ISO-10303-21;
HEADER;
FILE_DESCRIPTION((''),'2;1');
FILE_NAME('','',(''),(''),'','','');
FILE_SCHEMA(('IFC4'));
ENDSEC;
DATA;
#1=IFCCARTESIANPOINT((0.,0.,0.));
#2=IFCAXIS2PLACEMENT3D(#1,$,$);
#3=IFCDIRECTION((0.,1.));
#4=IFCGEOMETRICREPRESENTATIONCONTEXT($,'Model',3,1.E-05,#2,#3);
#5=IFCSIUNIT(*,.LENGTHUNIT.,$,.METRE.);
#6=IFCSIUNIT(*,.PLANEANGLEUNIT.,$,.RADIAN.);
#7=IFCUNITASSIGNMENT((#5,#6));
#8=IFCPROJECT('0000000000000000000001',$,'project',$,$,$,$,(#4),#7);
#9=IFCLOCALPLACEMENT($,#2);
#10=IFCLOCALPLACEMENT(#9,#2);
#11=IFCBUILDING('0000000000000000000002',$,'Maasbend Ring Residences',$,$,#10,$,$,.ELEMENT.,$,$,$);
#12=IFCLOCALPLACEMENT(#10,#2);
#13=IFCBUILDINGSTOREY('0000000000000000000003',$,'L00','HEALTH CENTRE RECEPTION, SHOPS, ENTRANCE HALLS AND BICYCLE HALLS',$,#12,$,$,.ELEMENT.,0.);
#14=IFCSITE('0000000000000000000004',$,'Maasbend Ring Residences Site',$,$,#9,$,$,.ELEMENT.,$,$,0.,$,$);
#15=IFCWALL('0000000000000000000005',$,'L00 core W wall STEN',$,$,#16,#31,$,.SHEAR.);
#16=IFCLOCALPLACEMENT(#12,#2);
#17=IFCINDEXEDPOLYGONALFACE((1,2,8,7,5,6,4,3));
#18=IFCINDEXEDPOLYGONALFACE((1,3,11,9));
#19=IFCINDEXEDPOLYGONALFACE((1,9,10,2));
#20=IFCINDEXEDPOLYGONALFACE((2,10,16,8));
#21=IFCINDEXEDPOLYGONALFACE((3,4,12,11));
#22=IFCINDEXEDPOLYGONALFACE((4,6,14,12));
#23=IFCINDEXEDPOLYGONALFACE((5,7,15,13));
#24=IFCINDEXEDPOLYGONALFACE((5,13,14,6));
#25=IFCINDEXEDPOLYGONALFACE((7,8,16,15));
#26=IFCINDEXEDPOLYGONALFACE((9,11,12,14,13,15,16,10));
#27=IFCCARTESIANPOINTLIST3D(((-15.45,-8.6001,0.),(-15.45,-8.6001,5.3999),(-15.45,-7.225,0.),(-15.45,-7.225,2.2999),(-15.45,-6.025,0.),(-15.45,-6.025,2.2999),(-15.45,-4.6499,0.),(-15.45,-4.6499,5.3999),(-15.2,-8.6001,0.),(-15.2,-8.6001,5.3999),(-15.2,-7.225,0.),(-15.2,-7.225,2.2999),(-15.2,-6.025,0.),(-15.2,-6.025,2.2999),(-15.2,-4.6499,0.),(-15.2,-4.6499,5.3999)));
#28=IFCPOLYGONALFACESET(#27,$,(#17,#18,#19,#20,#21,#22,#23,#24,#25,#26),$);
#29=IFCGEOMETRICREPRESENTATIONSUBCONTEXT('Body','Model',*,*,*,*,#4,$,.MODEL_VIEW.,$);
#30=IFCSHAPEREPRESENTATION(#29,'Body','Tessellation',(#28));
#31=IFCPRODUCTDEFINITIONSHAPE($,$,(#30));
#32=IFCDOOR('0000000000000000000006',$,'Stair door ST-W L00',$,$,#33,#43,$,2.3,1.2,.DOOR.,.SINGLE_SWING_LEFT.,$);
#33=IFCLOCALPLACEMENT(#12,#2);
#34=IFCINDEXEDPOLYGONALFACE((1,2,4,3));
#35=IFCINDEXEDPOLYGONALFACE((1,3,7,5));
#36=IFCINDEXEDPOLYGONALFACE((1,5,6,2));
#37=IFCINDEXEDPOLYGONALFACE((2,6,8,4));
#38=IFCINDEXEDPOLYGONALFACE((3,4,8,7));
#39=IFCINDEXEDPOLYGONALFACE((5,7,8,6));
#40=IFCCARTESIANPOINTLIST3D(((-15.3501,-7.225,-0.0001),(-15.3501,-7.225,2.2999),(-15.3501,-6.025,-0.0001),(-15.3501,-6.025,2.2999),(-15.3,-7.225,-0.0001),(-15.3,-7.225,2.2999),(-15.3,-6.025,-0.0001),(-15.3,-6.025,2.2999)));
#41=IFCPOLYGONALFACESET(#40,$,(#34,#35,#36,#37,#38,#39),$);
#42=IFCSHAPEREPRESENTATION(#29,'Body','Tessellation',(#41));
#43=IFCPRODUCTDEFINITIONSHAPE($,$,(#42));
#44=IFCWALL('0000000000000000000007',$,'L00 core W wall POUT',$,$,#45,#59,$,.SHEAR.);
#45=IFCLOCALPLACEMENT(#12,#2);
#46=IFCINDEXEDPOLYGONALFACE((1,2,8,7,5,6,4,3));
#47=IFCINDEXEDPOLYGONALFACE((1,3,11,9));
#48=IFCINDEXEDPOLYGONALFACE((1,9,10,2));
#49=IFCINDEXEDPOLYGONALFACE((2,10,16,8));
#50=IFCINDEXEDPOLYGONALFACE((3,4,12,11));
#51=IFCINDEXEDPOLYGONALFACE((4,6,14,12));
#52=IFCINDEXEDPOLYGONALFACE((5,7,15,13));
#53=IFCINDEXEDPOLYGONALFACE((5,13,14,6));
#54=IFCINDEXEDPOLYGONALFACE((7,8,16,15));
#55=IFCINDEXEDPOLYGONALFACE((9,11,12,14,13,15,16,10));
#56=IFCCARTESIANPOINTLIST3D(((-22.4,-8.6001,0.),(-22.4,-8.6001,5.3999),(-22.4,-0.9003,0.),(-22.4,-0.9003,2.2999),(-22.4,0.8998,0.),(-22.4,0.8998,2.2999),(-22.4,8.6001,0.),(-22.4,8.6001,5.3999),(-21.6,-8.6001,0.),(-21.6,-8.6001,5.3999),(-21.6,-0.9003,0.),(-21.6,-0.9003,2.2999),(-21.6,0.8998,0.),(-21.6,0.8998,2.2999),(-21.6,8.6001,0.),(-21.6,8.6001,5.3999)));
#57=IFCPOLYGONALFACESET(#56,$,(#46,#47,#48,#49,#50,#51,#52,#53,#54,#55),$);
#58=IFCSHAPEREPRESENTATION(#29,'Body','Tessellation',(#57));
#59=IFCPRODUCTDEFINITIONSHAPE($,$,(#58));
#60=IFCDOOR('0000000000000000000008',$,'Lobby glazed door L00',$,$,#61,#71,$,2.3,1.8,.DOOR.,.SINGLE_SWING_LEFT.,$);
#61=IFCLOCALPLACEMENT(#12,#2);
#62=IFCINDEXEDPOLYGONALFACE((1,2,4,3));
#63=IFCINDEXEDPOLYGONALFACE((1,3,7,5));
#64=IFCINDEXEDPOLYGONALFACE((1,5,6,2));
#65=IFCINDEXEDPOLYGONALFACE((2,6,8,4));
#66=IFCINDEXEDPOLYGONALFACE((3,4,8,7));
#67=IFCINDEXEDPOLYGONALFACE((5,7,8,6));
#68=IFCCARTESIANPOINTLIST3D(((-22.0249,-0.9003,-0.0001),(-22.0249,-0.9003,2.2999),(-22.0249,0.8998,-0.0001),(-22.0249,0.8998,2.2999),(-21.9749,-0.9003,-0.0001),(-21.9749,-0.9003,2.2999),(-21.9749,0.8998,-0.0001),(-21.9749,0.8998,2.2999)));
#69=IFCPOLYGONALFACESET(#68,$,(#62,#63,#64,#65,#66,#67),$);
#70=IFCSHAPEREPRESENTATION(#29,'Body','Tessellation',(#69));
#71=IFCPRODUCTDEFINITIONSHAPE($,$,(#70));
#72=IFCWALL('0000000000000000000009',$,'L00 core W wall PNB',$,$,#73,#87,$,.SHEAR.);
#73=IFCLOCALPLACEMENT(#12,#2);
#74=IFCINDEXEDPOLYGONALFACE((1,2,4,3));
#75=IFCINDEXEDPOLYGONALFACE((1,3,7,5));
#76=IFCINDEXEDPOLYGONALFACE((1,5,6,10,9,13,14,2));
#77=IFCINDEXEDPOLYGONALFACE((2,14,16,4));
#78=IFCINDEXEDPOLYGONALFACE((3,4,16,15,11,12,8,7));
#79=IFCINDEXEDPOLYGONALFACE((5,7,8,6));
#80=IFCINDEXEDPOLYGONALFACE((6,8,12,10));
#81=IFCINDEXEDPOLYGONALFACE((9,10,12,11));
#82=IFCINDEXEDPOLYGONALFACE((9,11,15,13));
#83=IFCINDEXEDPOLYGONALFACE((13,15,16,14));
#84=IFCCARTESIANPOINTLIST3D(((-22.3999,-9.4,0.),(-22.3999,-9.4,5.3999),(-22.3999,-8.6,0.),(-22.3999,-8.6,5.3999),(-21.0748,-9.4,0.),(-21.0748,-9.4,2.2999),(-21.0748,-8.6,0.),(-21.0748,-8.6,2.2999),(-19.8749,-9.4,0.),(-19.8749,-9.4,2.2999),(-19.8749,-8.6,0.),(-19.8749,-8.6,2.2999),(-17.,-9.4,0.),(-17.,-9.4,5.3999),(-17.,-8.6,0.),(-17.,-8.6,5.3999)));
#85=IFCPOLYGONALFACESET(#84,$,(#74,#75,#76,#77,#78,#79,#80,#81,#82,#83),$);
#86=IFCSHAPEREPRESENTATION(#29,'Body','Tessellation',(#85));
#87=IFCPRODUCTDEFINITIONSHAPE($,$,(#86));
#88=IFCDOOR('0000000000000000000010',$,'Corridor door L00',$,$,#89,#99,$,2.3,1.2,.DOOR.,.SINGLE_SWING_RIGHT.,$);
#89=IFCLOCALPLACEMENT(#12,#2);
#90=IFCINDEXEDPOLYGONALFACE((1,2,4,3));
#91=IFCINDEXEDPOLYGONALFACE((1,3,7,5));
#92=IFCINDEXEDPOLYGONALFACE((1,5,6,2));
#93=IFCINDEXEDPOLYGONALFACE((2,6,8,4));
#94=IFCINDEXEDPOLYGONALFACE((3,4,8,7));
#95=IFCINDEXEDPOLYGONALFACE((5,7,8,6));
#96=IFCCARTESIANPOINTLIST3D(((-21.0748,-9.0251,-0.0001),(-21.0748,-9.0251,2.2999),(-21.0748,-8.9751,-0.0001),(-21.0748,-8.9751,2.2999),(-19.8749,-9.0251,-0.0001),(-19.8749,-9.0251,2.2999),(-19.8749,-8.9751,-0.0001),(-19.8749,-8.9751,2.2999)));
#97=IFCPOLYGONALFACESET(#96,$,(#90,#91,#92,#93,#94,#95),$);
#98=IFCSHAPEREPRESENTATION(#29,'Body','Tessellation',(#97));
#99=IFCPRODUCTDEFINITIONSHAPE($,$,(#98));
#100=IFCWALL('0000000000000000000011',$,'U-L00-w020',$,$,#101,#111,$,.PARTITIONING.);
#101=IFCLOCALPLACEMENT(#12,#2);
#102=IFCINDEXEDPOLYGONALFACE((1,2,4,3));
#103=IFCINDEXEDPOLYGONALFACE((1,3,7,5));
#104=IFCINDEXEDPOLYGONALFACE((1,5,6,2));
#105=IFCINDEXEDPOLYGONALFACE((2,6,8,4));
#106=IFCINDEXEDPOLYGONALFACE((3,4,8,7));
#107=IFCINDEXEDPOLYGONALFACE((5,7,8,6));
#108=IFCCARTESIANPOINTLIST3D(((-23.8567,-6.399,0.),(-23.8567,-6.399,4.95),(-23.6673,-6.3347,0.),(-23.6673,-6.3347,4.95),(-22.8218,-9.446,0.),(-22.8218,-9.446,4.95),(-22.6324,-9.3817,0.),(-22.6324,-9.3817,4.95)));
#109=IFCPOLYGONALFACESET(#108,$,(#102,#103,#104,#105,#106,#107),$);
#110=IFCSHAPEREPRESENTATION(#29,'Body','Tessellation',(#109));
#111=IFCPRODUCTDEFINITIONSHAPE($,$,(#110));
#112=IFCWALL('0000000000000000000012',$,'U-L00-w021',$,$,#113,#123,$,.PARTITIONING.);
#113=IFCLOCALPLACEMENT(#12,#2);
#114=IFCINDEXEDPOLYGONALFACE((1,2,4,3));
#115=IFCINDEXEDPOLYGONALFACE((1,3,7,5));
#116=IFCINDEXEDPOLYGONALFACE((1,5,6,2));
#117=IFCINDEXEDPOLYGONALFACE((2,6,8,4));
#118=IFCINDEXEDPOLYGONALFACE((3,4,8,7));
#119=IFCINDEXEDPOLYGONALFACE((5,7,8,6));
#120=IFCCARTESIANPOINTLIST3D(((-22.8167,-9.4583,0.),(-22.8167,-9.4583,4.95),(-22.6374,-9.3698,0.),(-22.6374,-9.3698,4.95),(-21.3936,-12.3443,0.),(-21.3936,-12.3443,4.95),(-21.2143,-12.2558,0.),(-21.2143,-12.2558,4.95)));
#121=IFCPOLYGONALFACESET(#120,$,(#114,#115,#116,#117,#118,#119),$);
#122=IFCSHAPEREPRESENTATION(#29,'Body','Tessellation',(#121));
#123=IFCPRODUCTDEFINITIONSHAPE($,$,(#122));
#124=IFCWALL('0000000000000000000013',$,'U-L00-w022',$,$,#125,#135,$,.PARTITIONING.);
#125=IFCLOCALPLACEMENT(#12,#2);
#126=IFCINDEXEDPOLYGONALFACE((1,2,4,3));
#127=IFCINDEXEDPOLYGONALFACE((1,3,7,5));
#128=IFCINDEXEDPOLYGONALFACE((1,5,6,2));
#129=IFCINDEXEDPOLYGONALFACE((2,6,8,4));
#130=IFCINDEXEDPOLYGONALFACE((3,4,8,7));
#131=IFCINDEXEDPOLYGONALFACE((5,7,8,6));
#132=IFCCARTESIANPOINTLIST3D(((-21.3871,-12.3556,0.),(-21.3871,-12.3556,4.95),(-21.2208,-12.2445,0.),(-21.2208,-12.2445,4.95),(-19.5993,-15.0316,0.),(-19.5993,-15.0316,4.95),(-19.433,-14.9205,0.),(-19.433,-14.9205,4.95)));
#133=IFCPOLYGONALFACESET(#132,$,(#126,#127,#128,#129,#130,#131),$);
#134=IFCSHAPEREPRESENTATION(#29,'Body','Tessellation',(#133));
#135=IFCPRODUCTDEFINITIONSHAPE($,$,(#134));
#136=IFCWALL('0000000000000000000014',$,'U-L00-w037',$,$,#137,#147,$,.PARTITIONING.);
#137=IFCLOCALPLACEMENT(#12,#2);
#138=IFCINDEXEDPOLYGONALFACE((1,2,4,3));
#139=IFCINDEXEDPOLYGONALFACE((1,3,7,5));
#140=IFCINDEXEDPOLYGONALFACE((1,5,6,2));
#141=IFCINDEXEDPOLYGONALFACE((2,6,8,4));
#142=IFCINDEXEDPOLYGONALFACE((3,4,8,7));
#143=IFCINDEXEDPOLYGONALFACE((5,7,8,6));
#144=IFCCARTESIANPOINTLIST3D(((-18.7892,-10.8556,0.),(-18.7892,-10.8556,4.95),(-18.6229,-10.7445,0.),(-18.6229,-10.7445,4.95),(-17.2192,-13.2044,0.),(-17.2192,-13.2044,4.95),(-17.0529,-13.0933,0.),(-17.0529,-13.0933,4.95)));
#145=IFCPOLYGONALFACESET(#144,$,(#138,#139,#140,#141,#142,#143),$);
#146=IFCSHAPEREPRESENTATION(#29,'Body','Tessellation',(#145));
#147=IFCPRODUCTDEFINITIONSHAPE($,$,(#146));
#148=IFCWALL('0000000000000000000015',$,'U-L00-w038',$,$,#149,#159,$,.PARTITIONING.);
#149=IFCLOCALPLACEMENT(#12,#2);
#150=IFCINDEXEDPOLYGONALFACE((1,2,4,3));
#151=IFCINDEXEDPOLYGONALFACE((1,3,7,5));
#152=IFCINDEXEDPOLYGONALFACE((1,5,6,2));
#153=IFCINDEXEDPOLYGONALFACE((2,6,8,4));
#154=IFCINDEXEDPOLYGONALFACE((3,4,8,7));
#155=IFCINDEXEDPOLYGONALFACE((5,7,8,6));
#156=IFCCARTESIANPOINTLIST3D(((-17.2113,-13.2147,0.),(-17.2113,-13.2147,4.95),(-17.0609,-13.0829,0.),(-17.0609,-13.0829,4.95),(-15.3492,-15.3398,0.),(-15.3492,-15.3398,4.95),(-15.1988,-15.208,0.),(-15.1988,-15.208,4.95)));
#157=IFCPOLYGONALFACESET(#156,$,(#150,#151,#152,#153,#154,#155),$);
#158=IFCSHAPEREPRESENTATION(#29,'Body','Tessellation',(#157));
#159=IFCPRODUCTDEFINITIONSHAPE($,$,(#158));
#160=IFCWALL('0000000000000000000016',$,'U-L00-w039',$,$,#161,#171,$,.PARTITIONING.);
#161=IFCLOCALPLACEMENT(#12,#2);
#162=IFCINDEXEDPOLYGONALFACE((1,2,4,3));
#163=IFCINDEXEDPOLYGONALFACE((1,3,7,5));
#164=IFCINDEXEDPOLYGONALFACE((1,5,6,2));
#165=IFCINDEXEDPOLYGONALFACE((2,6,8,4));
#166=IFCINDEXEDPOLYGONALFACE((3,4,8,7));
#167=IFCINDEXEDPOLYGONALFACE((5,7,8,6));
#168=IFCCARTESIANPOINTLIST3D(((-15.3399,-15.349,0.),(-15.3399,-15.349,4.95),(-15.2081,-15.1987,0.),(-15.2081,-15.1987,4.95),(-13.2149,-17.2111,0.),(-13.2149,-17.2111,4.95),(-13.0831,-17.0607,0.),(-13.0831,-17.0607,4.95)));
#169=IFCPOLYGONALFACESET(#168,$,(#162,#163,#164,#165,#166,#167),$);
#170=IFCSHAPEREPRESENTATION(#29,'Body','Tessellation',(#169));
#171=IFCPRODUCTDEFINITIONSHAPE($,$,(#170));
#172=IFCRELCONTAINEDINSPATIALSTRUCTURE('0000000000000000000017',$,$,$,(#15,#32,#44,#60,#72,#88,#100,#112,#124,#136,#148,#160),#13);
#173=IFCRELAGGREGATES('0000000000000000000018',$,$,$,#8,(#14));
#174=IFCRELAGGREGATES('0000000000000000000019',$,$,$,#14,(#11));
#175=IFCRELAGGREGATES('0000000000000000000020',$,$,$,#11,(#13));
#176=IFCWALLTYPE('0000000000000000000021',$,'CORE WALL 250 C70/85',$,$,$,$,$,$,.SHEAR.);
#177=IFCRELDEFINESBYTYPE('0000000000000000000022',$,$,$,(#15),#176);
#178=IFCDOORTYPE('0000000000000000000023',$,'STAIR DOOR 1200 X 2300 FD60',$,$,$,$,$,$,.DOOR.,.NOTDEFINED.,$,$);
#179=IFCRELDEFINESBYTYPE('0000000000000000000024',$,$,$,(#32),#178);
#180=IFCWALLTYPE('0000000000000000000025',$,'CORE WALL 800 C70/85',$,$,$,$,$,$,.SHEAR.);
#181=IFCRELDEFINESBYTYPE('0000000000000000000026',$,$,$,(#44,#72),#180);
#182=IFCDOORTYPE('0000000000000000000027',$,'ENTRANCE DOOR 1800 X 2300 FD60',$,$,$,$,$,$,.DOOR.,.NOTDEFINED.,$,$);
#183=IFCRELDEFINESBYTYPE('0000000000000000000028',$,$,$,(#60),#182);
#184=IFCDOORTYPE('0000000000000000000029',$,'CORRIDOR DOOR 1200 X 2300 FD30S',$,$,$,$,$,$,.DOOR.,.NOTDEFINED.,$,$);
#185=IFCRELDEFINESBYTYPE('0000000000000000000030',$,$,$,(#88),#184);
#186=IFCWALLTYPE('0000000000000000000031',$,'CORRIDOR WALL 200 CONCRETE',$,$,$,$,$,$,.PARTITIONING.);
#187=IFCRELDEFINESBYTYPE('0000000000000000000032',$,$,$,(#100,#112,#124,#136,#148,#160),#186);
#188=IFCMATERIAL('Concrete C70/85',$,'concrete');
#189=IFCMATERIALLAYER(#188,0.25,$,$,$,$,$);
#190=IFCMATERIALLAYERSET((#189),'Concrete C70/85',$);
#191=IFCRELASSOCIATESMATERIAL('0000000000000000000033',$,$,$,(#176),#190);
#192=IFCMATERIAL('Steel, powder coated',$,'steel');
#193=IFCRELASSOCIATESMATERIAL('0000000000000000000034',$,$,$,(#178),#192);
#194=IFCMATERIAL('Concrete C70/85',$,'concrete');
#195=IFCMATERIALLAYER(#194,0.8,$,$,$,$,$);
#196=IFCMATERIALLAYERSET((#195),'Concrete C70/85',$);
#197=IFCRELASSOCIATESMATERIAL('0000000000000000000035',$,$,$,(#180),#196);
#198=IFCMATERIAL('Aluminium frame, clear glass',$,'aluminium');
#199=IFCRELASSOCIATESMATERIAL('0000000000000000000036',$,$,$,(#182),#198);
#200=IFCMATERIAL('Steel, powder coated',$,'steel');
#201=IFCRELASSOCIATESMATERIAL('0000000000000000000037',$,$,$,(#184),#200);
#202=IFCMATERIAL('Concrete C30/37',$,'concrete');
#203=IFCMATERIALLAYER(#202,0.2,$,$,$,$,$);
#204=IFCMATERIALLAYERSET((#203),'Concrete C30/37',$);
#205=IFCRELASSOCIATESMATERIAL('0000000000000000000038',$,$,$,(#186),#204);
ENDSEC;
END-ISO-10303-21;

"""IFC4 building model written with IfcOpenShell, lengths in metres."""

from ifc_helpers import new_model, si_unit, direction, frame, frame_2d, origin, place, context, subcontext, project, spatial, rectangle, extrude, material, layer, layer_set, type_object, element, fill, save


model = new_model("IFC4")

# Units and contexts
model_context = context("Model", 3, precision=1e-05, world=origin(), true_north=direction((0.0, 1.0)))
body_context = subcontext(model_context, "Body", "Model", "MODEL_VIEW")
ifc_project = project(units=[si_unit("LENGTHUNIT", "METRE"), si_unit("PLANEANGLEUNIT", "RADIAN")], contexts=[model_context])

# Site, building, storey
site_placement = place(None, origin())
site = spatial("IfcSite", under=ifc_project, at=site_placement, Name="Maasbend Ring Residences Site", CompositionType="ELEMENT", RefElevation=0.0)
building_placement = place(site_placement, origin())
building = spatial("IfcBuilding", under=site, at=building_placement, Name="Maasbend Ring Residences", CompositionType="ELEMENT")
storey_placement = place(building_placement, origin())
storey = spatial("IfcBuildingStorey", under=building, at=storey_placement, Name="L00", Description="HEALTH CENTRE RECEPTION, SHOPS, ENTRANCE HALLS AND BICYCLE HALLS", CompositionType="ELEMENT", Elevation=0.0)

# Walls, openings, doors
ifc_material_1 = material(Name="Concrete C70/85", Category="concrete")
ifc_layer_1 = layer(ifc_material_1, 0.25)
ifc_layer_set_1 = layer_set([ifc_layer_1], Name="Concrete C70/85")
wall_type_1 = type_object("IfcWallType", Name="CORE WALL 250 C70/85", PredefinedType="SHEAR", material=ifc_layer_set_1)
wall_1_placement = place(storey_placement, frame((-15.325, -4.6499, 0.0), z_axis=(0.0, 0.0, 1.0), x_axis=(0.0, -1.0, 0.0)))
wall_1 = element("IfcWall", 1, at=wall_1_placement, inside=storey, type_object=wall_type_1, Name="L00 core W wall STEN", PredefinedType="SHEAR", context=body_context, shape_type="SweptSolid", body=[
    extrude(rectangle(XDim=3.9502, YDim=0.25, at=frame_2d((1.9751, 0.0))), origin(), (0.0, 0.0, 1.0), 5.3999),
])
opening_1_placement = place(wall_1_placement, frame((1.375, 0.0, 0.0)))
opening_1 = element("IfcOpeningElement", 2, at=opening_1_placement, cuts=wall_1, PredefinedType="OPENING", context=body_context, shape_type="SweptSolid", body=[
    extrude(rectangle(XDim=1.2, YDim=2.3, at=frame_2d((0.6001, 1.1499))), frame((0.0, 0.135, 0.0), z_axis=(0.0, -1.0, 0.0), x_axis=(1.0, 0.0, 0.0)), (0.0, 0.0, 1.0), 0.27),
])
ifc_material_2 = material(Name="Steel, powder coated", Category="steel")
door_type_1 = type_object("IfcDoorType", Name="STAIR DOOR 1200 X 2300 FD60", OperationType="NOTDEFINED", PredefinedType="DOOR", material=ifc_material_2)
door_1_placement = place(opening_1_placement, origin())
door_1 = element("IfcDoor", 3, at=door_1_placement, inside=storey, type_object=door_type_1, Name="Stair door ST-W L00", OperationType="SINGLE_SWING_LEFT", OverallHeight=2.3, OverallWidth=1.2, PredefinedType="DOOR", context=body_context, shape_type="SweptSolid", body=[
    extrude(rectangle(XDim=1.2, YDim=2.3, at=frame_2d((0.6001, 1.1499))), frame((0.0, 0.0249, 0.0), z_axis=(0.0, -1.0, 0.0), x_axis=(1.0, 0.0, 0.0)), (0.0, 0.0, 1.0), 0.05),
])
fill(opening_1, door_1)
ifc_material_3 = material(Name="Concrete C70/85", Category="concrete")
ifc_layer_2 = layer(ifc_material_3, 0.8)
ifc_layer_set_2 = layer_set([ifc_layer_2], Name="Concrete C70/85")
wall_type_2 = type_object("IfcWallType", Name="CORE WALL 800 C70/85", PredefinedType="SHEAR", material=ifc_layer_set_2)
wall_2_placement = place(storey_placement, frame((-22.0, -8.6001, 0.0), z_axis=(0.0, 0.0, 1.0), x_axis=(0.0, 1.0, 0.0)))
wall_2 = element("IfcWall", 4, at=wall_2_placement, inside=storey, type_object=wall_type_2, Name="L00 core W wall POUT", PredefinedType="SHEAR", context=body_context, shape_type="SweptSolid", body=[
    extrude(rectangle(XDim=17.2002, YDim=0.8, at=frame_2d((8.6001, 0.0))), origin(), (0.0, 0.0, 1.0), 5.3999),
])
opening_2_placement = place(wall_2_placement, frame((7.7, 0.0, 0.0)))
opening_2 = element("IfcOpeningElement", 5, at=opening_2_placement, cuts=wall_2, PredefinedType="OPENING", context=body_context, shape_type="SweptSolid", body=[
    extrude(rectangle(XDim=1.8, YDim=2.3, at=frame_2d((0.8999, 1.1499))), frame((0.0, 0.4102, 0.0), z_axis=(0.0, -1.0, 0.0), x_axis=(1.0, 0.0, 0.0)), (0.0, 0.0, 1.0), 0.8201),
])
ifc_material_4 = material(Name="Aluminium frame, clear glass", Category="aluminium")
door_type_2 = type_object("IfcDoorType", Name="ENTRANCE DOOR 1800 X 2300 FD60", OperationType="NOTDEFINED", PredefinedType="DOOR", material=ifc_material_4)
door_2_placement = place(opening_2_placement, origin())
door_2 = element("IfcDoor", 6, at=door_2_placement, inside=storey, type_object=door_type_2, Name="Lobby glazed door L00", OperationType="SINGLE_SWING_LEFT", OverallHeight=2.3, OverallWidth=1.8, PredefinedType="DOOR", context=body_context, shape_type="SweptSolid", body=[
    extrude(rectangle(XDim=1.8, YDim=2.3, at=frame_2d((0.8999, 1.1499))), frame((0.0, 0.0249, 0.0), z_axis=(0.0, -1.0, 0.0), x_axis=(1.0, 0.0, 0.0)), (0.0, 0.0, 1.0), 0.05),
])
fill(opening_2, door_2)
wall_3_placement = place(storey_placement, frame((-22.3999, -9.0, 0.0), z_axis=(0.0, 0.0, 1.0), x_axis=(1.0, 0.0, 0.0)))
wall_3 = element("IfcWall", 7, at=wall_3_placement, inside=storey, type_object=wall_type_2, Name="L00 core W wall PNB", PredefinedType="SHEAR", context=body_context, shape_type="SweptSolid", body=[
    extrude(rectangle(XDim=5.3999, YDim=0.8, at=frame_2d((2.7, 0.0))), origin(), (0.0, 0.0, 1.0), 5.3999),
])
opening_3_placement = place(wall_3_placement, frame((1.325, 0.0, 0.0)))
opening_3 = element("IfcOpeningElement", 8, at=opening_3_placement, cuts=wall_3, PredefinedType="OPENING", context=body_context, shape_type="SweptSolid", body=[
    extrude(rectangle(XDim=1.2, YDim=2.3, at=frame_2d((0.6001, 1.1499))), frame((0.0, 0.4102, 0.0), z_axis=(0.0, -1.0, 0.0), x_axis=(1.0, 0.0, 0.0)), (0.0, 0.0, 1.0), 0.8201),
])
ifc_material_5 = material(Name="Steel, powder coated", Category="steel")
door_type_3 = type_object("IfcDoorType", Name="CORRIDOR DOOR 1200 X 2300 FD30S", OperationType="NOTDEFINED", PredefinedType="DOOR", material=ifc_material_5)
door_3_placement = place(opening_3_placement, origin())
door_3 = element("IfcDoor", 9, at=door_3_placement, inside=storey, type_object=door_type_3, Name="Corridor door L00", OperationType="SINGLE_SWING_RIGHT", OverallHeight=2.3, OverallWidth=1.2, PredefinedType="DOOR", context=body_context, shape_type="SweptSolid", body=[
    extrude(rectangle(XDim=1.2, YDim=2.3, at=frame_2d((0.6001, 1.1499))), frame((0.0, 0.0249, 0.0), z_axis=(0.0, -1.0, 0.0), x_axis=(1.0, 0.0, 0.0)), (0.0, 0.0, 1.0), 0.05),
])
fill(opening_3, door_3)

# Walls
ifc_material_6 = material(Name="Concrete C30/37", Category="concrete")
ifc_layer_3 = layer(ifc_material_6, 0.2)
ifc_layer_set_3 = layer_set([ifc_layer_3], Name="Concrete C30/37")
wall_type_3 = type_object("IfcWallType", Name="CORRIDOR WALL 200 CONCRETE", PredefinedType="PARTITIONING", material=ifc_layer_set_3)
wall_4_placement = place(storey_placement, frame((-23.762, -6.3669, 0.0), z_axis=(0.0, 0.0, 1.0), x_axis=(0.321594, -0.946878, 0.0)))
element("IfcWall", 10, at=wall_4_placement, inside=storey, type_object=wall_type_3, Name="U-L00-w020", PredefinedType="PARTITIONING", context=body_context, shape_type="SweptSolid", body=[
    extrude(rectangle(XDim=3.218, YDim=0.2, at=frame_2d((1.6089, 0.0))), origin(), (0.0, 0.0, 1.0), 4.95),
])
wall_5_placement = place(storey_placement, frame((-22.7271, -9.4141, 0.0), z_axis=(0.0, 0.0, 1.0), x_axis=(0.44226, -0.896887, 0.0)))
element("IfcWall", 11, at=wall_5_placement, inside=storey, type_object=wall_type_3, Name="U-L00-w021", PredefinedType="PARTITIONING", context=body_context, shape_type="SweptSolid", body=[
    extrude(rectangle(XDim=3.2178, YDim=0.2, at=frame_2d((1.6089, 0.0))), origin(), (0.0, 0.0, 1.0), 4.95),
])
wall_6_placement = place(storey_placement, frame((-21.304, -12.3, 0.0), z_axis=(0.0, 0.0, 1.0), x_axis=(0.555523, -0.831501, 0.0)))
element("IfcWall", 12, at=wall_6_placement, inside=storey, type_object=wall_type_3, Name="U-L00-w022", PredefinedType="PARTITIONING", context=body_context, shape_type="SweptSolid", body=[
    extrude(rectangle(XDim=3.2183, YDim=0.2, at=frame_2d((1.6091, 0.0))), origin(), (0.0, 0.0, 1.0), 4.95),
])
wall_7_placement = place(storey_placement, frame((-18.7061, -10.8, 0.0), z_axis=(0.0, 0.0, 1.0), x_axis=(0.555717, -0.831372, 0.0)))
element("IfcWall", 13, at=wall_7_placement, inside=storey, type_object=wall_type_3, Name="U-L00-w037", PredefinedType="PARTITIONING", context=body_context, shape_type="SweptSolid", body=[
    extrude(rectangle(XDim=2.8252, YDim=0.2, at=frame_2d((1.4126, 0.0))), origin(), (0.0, 0.0, 1.0), 4.95),
])
for number, where, z_axis, x_axis, name in (
    (14, (-17.136, -13.1489, 0.0), (0.0, 0.0, 1.0), (0.659043, -0.752105, 0.0), "U-L00-w038"),
    (15, (-15.2739, -15.2739, 0.0), (0.0, 0.0, 1.0), (0.752105, -0.659043, 0.0), "U-L00-w039"),
):
    element("IfcWall", number, at=place(storey_placement, frame(where, z_axis=z_axis, x_axis=x_axis)), inside=storey, type_object=wall_type_3, Name=name, PredefinedType="PARTITIONING", context=body_context, shape_type="SweptSolid", body=[
        extrude(rectangle(XDim=2.8254, YDim=0.2, at=frame_2d((1.4126, 0.0))), origin(), (0.0, 0.0, 1.0), 4.95),
    ])

save(model, "model.ifc")
